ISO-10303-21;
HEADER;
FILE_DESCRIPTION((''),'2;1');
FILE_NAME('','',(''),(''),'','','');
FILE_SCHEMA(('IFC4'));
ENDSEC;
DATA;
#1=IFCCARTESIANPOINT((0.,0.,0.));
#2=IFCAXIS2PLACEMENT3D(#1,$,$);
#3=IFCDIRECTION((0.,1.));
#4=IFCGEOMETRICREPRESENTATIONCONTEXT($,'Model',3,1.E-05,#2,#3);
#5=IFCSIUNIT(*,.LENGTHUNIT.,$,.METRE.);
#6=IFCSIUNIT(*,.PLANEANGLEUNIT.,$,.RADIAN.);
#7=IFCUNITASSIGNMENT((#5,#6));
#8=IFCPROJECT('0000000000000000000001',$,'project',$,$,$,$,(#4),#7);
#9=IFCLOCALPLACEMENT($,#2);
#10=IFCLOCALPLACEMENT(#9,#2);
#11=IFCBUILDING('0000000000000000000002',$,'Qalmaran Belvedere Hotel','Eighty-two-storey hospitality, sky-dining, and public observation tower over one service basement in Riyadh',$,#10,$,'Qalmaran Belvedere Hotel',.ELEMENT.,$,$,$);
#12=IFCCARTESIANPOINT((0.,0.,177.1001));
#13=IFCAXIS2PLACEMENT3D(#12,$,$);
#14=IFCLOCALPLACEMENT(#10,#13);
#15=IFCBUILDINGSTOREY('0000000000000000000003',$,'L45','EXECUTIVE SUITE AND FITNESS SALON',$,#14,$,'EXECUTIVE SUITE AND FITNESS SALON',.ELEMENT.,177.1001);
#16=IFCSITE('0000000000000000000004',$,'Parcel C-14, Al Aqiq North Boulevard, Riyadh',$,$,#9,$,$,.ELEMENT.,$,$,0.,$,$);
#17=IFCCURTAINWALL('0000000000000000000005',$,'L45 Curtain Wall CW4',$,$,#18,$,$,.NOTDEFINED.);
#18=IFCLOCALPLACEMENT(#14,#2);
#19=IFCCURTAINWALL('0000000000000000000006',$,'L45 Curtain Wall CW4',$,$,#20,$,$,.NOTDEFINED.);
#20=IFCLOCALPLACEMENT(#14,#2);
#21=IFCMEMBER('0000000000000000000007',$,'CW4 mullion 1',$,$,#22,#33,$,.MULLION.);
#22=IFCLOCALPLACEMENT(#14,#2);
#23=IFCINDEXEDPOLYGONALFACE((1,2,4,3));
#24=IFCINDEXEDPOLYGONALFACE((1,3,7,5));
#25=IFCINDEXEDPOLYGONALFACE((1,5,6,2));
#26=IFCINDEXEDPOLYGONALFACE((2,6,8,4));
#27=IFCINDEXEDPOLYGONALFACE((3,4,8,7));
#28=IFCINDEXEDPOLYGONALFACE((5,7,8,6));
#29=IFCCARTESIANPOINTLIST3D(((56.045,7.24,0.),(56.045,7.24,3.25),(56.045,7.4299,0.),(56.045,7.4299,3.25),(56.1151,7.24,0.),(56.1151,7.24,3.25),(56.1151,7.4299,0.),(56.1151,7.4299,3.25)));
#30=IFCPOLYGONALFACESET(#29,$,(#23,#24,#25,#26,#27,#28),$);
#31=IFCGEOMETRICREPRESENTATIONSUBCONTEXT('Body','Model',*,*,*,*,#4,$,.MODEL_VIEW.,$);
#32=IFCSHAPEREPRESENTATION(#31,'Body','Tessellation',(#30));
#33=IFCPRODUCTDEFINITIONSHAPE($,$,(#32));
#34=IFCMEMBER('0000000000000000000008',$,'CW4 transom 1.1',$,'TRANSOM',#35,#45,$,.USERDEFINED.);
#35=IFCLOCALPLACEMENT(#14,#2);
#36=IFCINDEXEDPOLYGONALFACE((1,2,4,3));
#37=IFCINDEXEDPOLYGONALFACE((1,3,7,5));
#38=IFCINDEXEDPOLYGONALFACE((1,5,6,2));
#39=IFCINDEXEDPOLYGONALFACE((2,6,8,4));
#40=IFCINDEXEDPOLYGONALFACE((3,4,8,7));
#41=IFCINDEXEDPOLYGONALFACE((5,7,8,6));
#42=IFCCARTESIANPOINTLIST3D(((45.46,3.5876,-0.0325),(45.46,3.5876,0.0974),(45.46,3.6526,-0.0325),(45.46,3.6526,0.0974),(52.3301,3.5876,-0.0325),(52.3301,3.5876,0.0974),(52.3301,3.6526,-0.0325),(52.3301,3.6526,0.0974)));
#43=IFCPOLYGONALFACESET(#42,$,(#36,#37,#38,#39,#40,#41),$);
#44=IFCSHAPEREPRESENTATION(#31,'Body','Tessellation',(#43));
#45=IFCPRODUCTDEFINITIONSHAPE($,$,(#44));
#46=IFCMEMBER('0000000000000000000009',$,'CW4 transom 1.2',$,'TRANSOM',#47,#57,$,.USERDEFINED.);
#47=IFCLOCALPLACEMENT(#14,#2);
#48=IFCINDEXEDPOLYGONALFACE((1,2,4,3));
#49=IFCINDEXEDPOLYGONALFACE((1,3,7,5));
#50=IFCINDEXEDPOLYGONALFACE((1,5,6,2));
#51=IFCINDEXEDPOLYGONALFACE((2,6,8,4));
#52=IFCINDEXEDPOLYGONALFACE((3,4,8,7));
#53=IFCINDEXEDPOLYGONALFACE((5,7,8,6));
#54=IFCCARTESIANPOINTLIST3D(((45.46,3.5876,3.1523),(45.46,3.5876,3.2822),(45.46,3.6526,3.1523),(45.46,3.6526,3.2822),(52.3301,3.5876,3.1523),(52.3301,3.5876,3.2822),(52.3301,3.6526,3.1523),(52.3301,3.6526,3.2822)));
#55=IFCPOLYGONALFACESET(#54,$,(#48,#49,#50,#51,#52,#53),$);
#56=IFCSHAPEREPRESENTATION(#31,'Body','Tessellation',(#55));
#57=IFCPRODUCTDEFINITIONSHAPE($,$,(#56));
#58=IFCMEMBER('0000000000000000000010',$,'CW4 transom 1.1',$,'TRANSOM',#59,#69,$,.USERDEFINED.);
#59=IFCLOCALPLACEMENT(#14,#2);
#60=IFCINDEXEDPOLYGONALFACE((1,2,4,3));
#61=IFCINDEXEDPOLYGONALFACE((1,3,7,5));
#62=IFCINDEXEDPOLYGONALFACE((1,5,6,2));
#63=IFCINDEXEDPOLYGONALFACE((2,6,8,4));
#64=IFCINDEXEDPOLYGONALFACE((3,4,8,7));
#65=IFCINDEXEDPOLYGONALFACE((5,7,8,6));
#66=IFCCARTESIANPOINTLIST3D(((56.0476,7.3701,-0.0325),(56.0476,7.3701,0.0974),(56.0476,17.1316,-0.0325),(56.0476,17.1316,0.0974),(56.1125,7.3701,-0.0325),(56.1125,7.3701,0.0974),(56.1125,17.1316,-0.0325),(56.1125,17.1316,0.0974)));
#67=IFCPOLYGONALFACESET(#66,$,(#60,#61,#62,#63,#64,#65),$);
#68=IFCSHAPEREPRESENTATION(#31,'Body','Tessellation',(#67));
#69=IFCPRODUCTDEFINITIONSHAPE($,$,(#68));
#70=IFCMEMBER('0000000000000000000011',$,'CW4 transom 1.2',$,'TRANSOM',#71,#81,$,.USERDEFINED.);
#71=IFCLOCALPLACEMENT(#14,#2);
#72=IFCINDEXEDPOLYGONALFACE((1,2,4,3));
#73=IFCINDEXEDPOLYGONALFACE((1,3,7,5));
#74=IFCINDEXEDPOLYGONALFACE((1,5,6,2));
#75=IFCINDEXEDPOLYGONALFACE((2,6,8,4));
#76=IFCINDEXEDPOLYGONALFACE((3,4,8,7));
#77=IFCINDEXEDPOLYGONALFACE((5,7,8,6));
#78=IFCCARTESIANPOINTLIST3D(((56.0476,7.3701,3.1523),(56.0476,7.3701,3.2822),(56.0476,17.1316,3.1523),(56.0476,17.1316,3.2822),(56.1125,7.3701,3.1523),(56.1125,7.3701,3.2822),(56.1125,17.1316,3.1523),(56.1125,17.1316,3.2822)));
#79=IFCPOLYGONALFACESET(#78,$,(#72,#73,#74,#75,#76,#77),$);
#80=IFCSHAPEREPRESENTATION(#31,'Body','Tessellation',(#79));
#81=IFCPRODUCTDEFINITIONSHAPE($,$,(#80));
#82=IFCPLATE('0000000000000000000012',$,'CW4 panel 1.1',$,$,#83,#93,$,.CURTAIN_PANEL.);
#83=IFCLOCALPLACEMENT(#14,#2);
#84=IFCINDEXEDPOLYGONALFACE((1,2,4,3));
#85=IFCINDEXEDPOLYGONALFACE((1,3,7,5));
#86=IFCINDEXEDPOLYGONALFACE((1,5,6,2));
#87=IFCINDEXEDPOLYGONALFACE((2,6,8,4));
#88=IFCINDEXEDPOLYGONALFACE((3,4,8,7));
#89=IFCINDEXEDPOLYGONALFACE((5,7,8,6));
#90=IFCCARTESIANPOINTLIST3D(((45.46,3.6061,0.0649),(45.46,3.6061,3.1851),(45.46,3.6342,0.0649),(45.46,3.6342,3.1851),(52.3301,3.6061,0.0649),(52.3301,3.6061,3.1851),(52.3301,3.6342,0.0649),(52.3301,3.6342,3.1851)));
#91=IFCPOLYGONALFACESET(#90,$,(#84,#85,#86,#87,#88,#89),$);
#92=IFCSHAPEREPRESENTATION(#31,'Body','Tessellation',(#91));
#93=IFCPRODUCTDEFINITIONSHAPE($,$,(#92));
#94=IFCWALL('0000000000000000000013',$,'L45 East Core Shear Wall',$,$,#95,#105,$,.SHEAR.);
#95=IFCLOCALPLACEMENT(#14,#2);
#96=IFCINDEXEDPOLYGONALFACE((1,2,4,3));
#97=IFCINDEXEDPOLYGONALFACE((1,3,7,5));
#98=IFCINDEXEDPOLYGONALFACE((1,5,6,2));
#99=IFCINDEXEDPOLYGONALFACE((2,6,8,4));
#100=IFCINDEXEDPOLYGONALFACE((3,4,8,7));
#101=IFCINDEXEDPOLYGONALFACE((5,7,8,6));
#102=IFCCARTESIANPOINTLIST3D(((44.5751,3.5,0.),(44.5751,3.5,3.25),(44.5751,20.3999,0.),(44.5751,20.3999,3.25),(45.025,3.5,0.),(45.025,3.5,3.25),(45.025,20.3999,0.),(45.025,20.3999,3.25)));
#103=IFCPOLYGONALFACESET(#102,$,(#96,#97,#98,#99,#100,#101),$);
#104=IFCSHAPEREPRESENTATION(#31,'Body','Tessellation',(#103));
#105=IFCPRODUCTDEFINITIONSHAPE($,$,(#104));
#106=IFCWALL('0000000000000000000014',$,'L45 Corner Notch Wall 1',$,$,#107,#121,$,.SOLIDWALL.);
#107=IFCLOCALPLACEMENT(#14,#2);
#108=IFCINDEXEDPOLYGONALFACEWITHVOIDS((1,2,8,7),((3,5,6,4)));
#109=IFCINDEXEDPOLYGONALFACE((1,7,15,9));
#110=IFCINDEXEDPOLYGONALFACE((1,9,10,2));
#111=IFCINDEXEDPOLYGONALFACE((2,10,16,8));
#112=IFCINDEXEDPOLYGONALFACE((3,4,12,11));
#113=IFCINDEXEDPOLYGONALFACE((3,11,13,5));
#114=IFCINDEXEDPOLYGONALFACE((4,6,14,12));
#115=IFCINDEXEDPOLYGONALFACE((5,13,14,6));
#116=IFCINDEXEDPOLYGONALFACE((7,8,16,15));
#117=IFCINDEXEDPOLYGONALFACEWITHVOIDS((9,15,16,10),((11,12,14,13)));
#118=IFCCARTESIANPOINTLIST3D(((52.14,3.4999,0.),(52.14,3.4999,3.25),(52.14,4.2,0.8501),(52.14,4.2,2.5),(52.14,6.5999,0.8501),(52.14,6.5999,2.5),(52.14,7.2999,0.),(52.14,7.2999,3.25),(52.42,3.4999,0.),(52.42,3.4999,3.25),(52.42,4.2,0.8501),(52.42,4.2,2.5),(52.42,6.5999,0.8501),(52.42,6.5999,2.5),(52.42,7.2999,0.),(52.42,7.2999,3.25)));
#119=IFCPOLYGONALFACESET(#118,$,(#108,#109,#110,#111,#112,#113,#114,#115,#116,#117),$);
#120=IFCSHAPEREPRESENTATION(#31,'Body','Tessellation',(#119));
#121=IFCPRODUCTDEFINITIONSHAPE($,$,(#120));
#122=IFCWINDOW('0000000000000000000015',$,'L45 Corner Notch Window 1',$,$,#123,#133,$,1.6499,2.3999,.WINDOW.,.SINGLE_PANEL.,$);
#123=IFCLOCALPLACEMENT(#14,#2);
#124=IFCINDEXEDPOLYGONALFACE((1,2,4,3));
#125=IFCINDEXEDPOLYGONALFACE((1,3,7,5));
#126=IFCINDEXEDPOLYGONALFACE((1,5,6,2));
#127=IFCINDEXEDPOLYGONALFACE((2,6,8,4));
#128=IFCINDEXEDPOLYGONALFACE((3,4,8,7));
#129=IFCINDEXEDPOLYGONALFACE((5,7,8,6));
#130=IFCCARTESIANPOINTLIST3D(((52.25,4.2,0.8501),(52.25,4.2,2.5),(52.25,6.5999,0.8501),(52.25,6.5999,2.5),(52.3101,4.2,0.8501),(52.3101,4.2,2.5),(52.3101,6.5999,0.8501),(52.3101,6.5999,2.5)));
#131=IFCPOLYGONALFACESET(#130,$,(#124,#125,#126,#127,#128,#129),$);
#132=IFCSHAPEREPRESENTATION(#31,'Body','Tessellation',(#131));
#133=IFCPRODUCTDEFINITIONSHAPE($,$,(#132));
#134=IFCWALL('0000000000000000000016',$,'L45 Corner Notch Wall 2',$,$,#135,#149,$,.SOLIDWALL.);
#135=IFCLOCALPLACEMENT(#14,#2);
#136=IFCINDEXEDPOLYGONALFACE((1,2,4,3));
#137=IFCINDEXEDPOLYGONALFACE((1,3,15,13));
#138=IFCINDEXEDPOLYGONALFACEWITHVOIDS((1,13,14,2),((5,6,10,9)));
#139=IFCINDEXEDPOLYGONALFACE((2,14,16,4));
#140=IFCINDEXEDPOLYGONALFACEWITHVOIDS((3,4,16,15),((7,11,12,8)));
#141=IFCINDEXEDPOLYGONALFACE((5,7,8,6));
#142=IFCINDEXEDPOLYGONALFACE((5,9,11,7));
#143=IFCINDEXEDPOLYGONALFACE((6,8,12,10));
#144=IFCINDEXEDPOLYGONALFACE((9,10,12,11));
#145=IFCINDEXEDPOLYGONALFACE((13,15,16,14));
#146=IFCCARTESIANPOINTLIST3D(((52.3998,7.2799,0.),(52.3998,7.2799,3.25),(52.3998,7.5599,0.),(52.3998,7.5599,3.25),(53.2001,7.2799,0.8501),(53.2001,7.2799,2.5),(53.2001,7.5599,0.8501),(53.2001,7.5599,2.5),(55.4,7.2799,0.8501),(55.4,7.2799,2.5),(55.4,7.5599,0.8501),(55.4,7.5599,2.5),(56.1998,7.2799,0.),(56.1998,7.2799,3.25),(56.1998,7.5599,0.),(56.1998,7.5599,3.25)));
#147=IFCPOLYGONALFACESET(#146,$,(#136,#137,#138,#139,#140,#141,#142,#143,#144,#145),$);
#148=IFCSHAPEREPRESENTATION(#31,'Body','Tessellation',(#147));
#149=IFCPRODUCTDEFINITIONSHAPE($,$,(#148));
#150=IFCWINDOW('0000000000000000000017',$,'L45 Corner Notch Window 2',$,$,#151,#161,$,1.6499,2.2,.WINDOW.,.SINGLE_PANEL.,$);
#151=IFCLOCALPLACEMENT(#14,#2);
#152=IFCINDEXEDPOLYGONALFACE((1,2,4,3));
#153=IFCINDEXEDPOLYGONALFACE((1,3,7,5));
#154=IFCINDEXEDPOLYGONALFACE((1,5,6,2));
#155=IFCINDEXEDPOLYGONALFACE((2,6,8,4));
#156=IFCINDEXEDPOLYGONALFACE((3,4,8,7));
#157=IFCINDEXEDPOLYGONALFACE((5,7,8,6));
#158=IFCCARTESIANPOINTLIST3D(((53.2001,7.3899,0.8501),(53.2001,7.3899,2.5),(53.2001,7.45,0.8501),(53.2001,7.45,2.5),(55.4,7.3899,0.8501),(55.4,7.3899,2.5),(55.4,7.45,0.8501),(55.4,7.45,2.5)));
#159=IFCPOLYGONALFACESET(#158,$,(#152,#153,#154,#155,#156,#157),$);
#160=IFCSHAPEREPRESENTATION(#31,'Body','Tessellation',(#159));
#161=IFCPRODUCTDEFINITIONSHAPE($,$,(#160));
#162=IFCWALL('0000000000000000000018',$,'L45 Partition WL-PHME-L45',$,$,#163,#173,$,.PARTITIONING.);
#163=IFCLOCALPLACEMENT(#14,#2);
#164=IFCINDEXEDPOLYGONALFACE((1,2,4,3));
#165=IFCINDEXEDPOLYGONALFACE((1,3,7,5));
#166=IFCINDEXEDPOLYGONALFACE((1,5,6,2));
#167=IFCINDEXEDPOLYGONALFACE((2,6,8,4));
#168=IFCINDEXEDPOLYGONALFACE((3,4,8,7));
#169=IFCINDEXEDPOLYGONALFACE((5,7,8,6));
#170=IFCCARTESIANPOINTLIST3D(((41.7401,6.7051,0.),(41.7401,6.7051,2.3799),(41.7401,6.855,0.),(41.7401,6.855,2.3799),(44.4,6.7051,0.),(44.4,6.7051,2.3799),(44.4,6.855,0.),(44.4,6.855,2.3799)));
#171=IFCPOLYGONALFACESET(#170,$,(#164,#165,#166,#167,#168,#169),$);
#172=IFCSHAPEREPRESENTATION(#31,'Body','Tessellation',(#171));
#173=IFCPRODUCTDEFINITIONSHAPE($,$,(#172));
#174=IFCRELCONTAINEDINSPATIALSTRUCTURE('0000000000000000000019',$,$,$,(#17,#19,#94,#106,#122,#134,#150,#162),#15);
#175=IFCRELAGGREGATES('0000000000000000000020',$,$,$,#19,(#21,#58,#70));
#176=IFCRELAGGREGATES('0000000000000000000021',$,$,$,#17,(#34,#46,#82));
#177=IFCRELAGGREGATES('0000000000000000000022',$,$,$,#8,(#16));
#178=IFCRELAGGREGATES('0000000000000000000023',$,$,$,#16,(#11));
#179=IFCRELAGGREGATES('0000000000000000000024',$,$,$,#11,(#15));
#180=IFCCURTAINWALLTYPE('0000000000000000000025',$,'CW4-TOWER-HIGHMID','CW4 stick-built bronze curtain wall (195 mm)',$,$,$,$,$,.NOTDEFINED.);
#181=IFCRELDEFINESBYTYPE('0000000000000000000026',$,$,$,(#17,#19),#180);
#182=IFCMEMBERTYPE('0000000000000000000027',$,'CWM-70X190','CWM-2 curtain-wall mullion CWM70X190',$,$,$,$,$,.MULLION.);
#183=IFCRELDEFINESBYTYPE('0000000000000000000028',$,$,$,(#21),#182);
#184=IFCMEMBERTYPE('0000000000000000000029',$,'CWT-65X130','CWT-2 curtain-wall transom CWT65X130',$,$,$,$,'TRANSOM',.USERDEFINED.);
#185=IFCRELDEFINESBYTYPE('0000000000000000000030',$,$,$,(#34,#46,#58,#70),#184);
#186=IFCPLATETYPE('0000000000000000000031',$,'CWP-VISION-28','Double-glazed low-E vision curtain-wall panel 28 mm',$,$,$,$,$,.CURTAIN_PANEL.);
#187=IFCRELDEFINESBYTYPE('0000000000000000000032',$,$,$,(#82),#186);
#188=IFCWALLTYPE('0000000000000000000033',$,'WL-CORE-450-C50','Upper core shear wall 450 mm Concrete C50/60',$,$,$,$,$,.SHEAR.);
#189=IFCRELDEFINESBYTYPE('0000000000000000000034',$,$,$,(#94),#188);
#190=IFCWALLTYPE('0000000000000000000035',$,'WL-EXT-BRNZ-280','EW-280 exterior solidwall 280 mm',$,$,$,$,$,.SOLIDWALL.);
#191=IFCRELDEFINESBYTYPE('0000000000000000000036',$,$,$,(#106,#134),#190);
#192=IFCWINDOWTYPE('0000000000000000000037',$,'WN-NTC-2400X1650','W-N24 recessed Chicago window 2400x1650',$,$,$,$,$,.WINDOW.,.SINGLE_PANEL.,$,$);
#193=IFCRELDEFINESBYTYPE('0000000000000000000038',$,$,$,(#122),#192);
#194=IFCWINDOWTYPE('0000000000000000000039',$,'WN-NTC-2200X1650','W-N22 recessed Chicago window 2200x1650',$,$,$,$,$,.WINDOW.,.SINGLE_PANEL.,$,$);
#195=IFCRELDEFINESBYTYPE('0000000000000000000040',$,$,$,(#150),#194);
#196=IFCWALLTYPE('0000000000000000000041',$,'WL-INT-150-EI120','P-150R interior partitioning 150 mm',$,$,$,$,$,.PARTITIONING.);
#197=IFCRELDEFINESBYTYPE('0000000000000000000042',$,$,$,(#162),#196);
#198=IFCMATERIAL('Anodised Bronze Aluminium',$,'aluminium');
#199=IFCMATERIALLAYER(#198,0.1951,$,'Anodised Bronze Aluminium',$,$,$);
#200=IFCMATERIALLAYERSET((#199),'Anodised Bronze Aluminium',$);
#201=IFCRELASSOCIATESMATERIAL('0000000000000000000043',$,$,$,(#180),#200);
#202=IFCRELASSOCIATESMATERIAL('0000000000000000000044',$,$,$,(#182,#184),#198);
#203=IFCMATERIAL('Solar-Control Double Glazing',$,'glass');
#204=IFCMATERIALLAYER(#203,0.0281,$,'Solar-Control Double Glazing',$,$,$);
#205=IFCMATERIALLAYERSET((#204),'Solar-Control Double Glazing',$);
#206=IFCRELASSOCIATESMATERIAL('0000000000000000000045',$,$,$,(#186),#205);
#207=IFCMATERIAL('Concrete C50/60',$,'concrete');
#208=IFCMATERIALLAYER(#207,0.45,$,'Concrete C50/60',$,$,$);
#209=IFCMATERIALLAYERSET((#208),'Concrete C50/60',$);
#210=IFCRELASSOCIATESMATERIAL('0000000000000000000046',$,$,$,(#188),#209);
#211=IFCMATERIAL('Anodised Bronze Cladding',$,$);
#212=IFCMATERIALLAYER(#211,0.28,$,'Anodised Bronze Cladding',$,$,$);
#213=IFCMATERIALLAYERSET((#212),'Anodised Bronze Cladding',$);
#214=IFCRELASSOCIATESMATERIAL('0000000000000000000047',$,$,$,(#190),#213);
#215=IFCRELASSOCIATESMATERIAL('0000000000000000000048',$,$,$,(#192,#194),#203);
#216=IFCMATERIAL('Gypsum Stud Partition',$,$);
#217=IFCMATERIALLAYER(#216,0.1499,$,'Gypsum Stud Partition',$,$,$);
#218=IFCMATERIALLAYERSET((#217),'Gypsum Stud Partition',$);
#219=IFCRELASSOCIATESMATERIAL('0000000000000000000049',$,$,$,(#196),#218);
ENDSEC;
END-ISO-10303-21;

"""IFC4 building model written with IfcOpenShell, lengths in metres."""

from ifc_helpers import new_model, si_unit, direction, frame, frame_2d, origin, origin_2d, place, context, subcontext, project, spatial, rectangle, extrude, material, layer, layer_set, material_profile, profile_set, type_object, element, fill, aggregate, save


model = new_model("IFC4")

# Units and contexts
model_context = context("Model", 3, precision=1e-05, world=origin(), true_north=direction((0.0, 1.0)))
body_context = subcontext(model_context, "Body", "Model", "MODEL_VIEW")
ifc_project = project(units=[si_unit("LENGTHUNIT", "METRE"), si_unit("PLANEANGLEUNIT", "RADIAN")], contexts=[model_context])

# Site, building, storey
site_placement = place(None, origin())
site = spatial("IfcSite", under=ifc_project, at=site_placement, Name="Parcel C-14, Al Aqiq North Boulevard, Riyadh", CompositionType="ELEMENT", RefElevation=0.0)
building_placement = place(site_placement, origin())
building = spatial("IfcBuilding", under=site, at=building_placement, Name="Qalmaran Belvedere Hotel", Description="Eighty-two-storey hospitality, sky-dining, and public observation tower over one service basement in Riyadh", LongName="Qalmaran Belvedere Hotel", CompositionType="ELEMENT")
storey_placement = place(building_placement, frame((0.0, 0.0, 177.1001)))
storey = spatial("IfcBuildingStorey", under=building, at=storey_placement, Name="L45", Description="EXECUTIVE SUITE AND FITNESS SALON", LongName="EXECUTIVE SUITE AND FITNESS SALON", CompositionType="ELEMENT", Elevation=177.1001)

# Shared definitions
ifc_material_1 = material(Name="Concrete C50/60", Category="concrete")

# Curtain wall
ifc_material_2 = material(Name="Anodised Bronze Aluminium", Category="aluminium")
ifc_layer_1 = layer(ifc_material_2, 0.1951, Name="Anodised Bronze Aluminium")
ifc_layer_set_1 = layer_set([ifc_layer_1], Name="Anodised Bronze Aluminium")
curtain_wall_type = type_object("IfcCurtainWallType", Name="CW4-TOWER-HIGHMID", Description="CW4 stick-built bronze curtain wall (195 mm)", PredefinedType="NOTDEFINED", material=ifc_layer_set_1)
curtain_wall_1_placement = place(storey_placement, origin())
curtain_wall_1 = element("IfcCurtainWall", 1, at=curtain_wall_1_placement, inside=storey, type_object=curtain_wall_type, Name="L45 Curtain Wall CW4", PredefinedType="NOTDEFINED")
ifc_material_profile_1 = material_profile(ifc_material_2, rectangle(XDim=0.0701, YDim=0.1899, at=origin_2d()), Name="CWM70X190")
ifc_profile_set_1 = profile_set([ifc_material_profile_1], Name="Anodised Bronze Aluminium")
member_type_1 = type_object("IfcMemberType", Name="CWM-70X190", Description="CWM-2 curtain-wall mullion CWM70X190", PredefinedType="MULLION", material=ifc_profile_set_1)

# Curtain wall, member
curtain_wall_2_placement = place(storey_placement, origin())
curtain_wall_2 = element("IfcCurtainWall", 2, at=curtain_wall_2_placement, inside=storey, type_object=curtain_wall_type, Name="L45 Curtain Wall CW4", PredefinedType="NOTDEFINED")
member_1_placement = place(storey_placement, frame((56.0801, 7.335, 0.0), z_axis=(0.0, 0.0, 1.0), x_axis=(-1.0, 0.0, 0.0)))
member_1 = element("IfcMember", 3, at=member_1_placement, type_object=member_type_1, Name="CW4 mullion 1", PredefinedType="MULLION", context=body_context, shape_type="SweptSolid", body=[
    extrude(rectangle(XDim=0.0701, YDim=0.1899, at=origin_2d()), origin(), (0.0, 0.0, 1.0), 3.25),
])

# Members
ifc_material_profile_2 = material_profile(ifc_material_2, rectangle(XDim=0.0649, YDim=0.1299, at=origin_2d()), Name="CWT65X130")
ifc_profile_set_2 = profile_set([ifc_material_profile_2], Name="Anodised Bronze Aluminium")
member_type_2 = type_object("IfcMemberType", Name="CWT-65X130", Description="CWT-2 curtain-wall transom CWT65X130", ElementType="TRANSOM", PredefinedType="USERDEFINED", material=ifc_profile_set_2)
member_2_placement = place(storey_placement, frame((45.46, 3.6201, 0.0325), z_axis=(1.0, 0.0, 0.0), x_axis=(0.0, 1.0, 0.0)))
member_2 = element("IfcMember", 4, at=member_2_placement, type_object=member_type_2, Name="CW4 transom 1.1", ObjectType="TRANSOM", PredefinedType="USERDEFINED", context=body_context, shape_type="SweptSolid", body=[
    extrude(rectangle(XDim=0.0649, YDim=0.1299, at=origin_2d()), origin(), (0.0, 0.0, 1.0), 6.8701),
])
member_3_placement = place(storey_placement, frame((45.46, 3.6201, 3.2173), z_axis=(1.0, 0.0, 0.0), x_axis=(0.0, 1.0, 0.0)))
member_3 = element("IfcMember", 5, at=member_3_placement, type_object=member_type_2, Name="CW4 transom 1.2", ObjectType="TRANSOM", PredefinedType="USERDEFINED", context=body_context, shape_type="SweptSolid", body=[
    extrude(rectangle(XDim=0.0649, YDim=0.1299, at=origin_2d()), origin(), (0.0, 0.0, 1.0), 6.8701),
])
member_4_placement = place(storey_placement, frame((56.0801, 7.3701, 0.0325), z_axis=(0.0, 1.0, 0.0), x_axis=(-1.0, 0.0, 0.0)))
member_4 = element("IfcMember", 6, at=member_4_placement, type_object=member_type_2, Name="CW4 transom 1.1", ObjectType="TRANSOM", PredefinedType="USERDEFINED", context=body_context, shape_type="SweptSolid", body=[
    extrude(rectangle(XDim=0.0649, YDim=0.1299, at=origin_2d()), origin(), (0.0, 0.0, 1.0), 9.7615),
])
member_5_placement = place(storey_placement, frame((56.0801, 7.3701, 3.2173), z_axis=(0.0, 1.0, 0.0), x_axis=(-1.0, 0.0, 0.0)))
member_5 = element("IfcMember", 7, at=member_5_placement, type_object=member_type_2, Name="CW4 transom 1.2", ObjectType="TRANSOM", PredefinedType="USERDEFINED", context=body_context, shape_type="SweptSolid", body=[
    extrude(rectangle(XDim=0.0649, YDim=0.1299, at=origin_2d()), origin(), (0.0, 0.0, 1.0), 9.7615),
])
aggregate(curtain_wall_2, [member_1, member_4, member_5])

# Plate
ifc_material_3 = material(Name="Solar-Control Double Glazing", Category="glass")
ifc_layer_2 = layer(ifc_material_3, 0.0281, Name="Solar-Control Double Glazing")
ifc_layer_set_2 = layer_set([ifc_layer_2], Name="Solar-Control Double Glazing")
plate_type = type_object("IfcPlateType", Name="CWP-VISION-28", Description="Double-glazed low-E vision curtain-wall panel 28 mm", PredefinedType="CURTAIN_PANEL", material=ifc_layer_set_2)
plate_placement = place(storey_placement, frame((48.895, 3.6201, 0.0649), z_axis=(0.0, 0.0, 1.0), x_axis=(1.0, 0.0, 0.0)))
plate = element("IfcPlate", 8, at=plate_placement, type_object=plate_type, Name="CW4 panel 1.1", PredefinedType="CURTAIN_PANEL", context=body_context, shape_type="SweptSolid", body=[
    extrude(rectangle(XDim=6.8701, YDim=0.0281, at=origin_2d()), origin(), (0.0, 0.0, 1.0), 3.1201),
])
aggregate(curtain_wall_1, [member_2, member_3, plate])

# Wall
ifc_layer_3 = layer(ifc_material_1, 0.45, Name="Concrete C50/60")
ifc_layer_set_3 = layer_set([ifc_layer_3], Name="Concrete C50/60")
wall_type_1 = type_object("IfcWallType", Name="WL-CORE-450-C50", Description="Upper core shear wall 450 mm Concrete C50/60", PredefinedType="SHEAR", material=ifc_layer_set_3)
wall_1_placement = place(storey_placement, frame((44.8, 3.5, 0.0), z_axis=(0.0, 0.0, 1.0), x_axis=(0.0, 1.0, 0.0)))
element("IfcWall", 9, at=wall_1_placement, inside=storey, type_object=wall_type_1, Name="L45 East Core Shear Wall", PredefinedType="SHEAR", context=body_context, shape_type="SweptSolid", body=[
    extrude(rectangle(XDim=16.8999, YDim=0.45, at=frame_2d((8.45, 0.0))), origin(), (0.0, 0.0, 1.0), 3.25),
])

# Walls, openings, windows
ifc_material_4 = material(Name="Anodised Bronze Cladding")
ifc_layer_4 = layer(ifc_material_4, 0.28, Name="Anodised Bronze Cladding")
ifc_layer_set_4 = layer_set([ifc_layer_4], Name="Anodised Bronze Cladding")
wall_type_2 = type_object("IfcWallType", Name="WL-EXT-BRNZ-280", Description="EW-280 exterior solidwall 280 mm", PredefinedType="SOLIDWALL", material=ifc_layer_set_4)
wall_2_placement = place(storey_placement, frame((52.28, 3.5, 0.0), z_axis=(0.0, 0.0, 1.0), x_axis=(0.0, 1.0, 0.0)))
wall_2 = element("IfcWall", 10, at=wall_2_placement, inside=storey, type_object=wall_type_2, Name="L45 Corner Notch Wall 1", PredefinedType="SOLIDWALL", context=body_context, shape_type="SweptSolid", body=[
    extrude(rectangle(XDim=3.8, YDim=0.28, at=frame_2d((1.8999, 0.0))), origin(), (0.0, 0.0, 1.0), 3.25),
])
opening_1_placement = place(wall_2_placement, frame((0.7, 0.0, 0.8501)))
opening_1 = element("IfcOpeningElement", 11, at=opening_1_placement, cuts=wall_2, PredefinedType="OPENING", context=body_context, shape_type="SweptSolid", body=[
    extrude(rectangle(XDim=2.3999, YDim=1.6499, at=frame_2d((1.2, 0.825))), frame((0.0, 0.1499, 0.0), z_axis=(0.0, -1.0, 0.0), x_axis=(1.0, 0.0, 0.0)), (0.0, 0.0, 1.0), 0.3),
])
window_type_1 = type_object("IfcWindowType", Name="WN-NTC-2400X1650", Description="W-N24 recessed Chicago window 2400x1650", PartitioningType="SINGLE_PANEL", PredefinedType="WINDOW", material=ifc_material_3)
window_1_placement = place(opening_1_placement, origin())
window_1 = element("IfcWindow", 12, at=window_1_placement, inside=storey, type_object=window_type_1, Name="L45 Corner Notch Window 1", OverallHeight=1.6499, OverallWidth=2.3999, PartitioningType="SINGLE_PANEL", PredefinedType="WINDOW", context=body_context, shape_type="SweptSolid", body=[
    extrude(rectangle(XDim=2.3999, YDim=1.6499, at=frame_2d((1.2, 0.825))), frame((0.0, 0.03, 0.0), z_axis=(0.0, -1.0, 0.0), x_axis=(1.0, 0.0, 0.0)), (0.0, 0.0, 1.0), 0.0601),
])
fill(opening_1, window_1)
wall_3_placement = place(storey_placement, frame((52.3999, 7.4199, 0.0), z_axis=(0.0, 0.0, 1.0), x_axis=(1.0, 0.0, 0.0)))
wall_3 = element("IfcWall", 13, at=wall_3_placement, inside=storey, type_object=wall_type_2, Name="L45 Corner Notch Wall 2", PredefinedType="SOLIDWALL", context=body_context, shape_type="SweptSolid", body=[
    extrude(rectangle(XDim=3.8, YDim=0.28, at=frame_2d((1.8999, 0.0))), origin(), (0.0, 0.0, 1.0), 3.25),
])
opening_2_placement = place(wall_3_placement, frame((0.8, 0.0, 0.8501)))
opening_2 = element("IfcOpeningElement", 14, at=opening_2_placement, cuts=wall_3, PredefinedType="OPENING", context=body_context, shape_type="SweptSolid", body=[
    extrude(rectangle(XDim=2.2, YDim=1.6499, at=frame_2d((1.1001, 0.825))), frame((0.0, 0.1499, 0.0), z_axis=(0.0, -1.0, 0.0), x_axis=(1.0, 0.0, 0.0)), (0.0, 0.0, 1.0), 0.3),
])
window_type_2 = type_object("IfcWindowType", Name="WN-NTC-2200X1650", Description="W-N22 recessed Chicago window 2200x1650", PartitioningType="SINGLE_PANEL", PredefinedType="WINDOW", material=ifc_material_3)
window_2_placement = place(opening_2_placement, origin())
window_2 = element("IfcWindow", 15, at=window_2_placement, inside=storey, type_object=window_type_2, Name="L45 Corner Notch Window 2", OverallHeight=1.6499, OverallWidth=2.2, PartitioningType="SINGLE_PANEL", PredefinedType="WINDOW", context=body_context, shape_type="SweptSolid", body=[
    extrude(rectangle(XDim=2.2, YDim=1.6499, at=frame_2d((1.1001, 0.825))), frame((0.0, 0.03, 0.0), z_axis=(0.0, -1.0, 0.0), x_axis=(1.0, 0.0, 0.0)), (0.0, 0.0, 1.0), 0.0601),
])
fill(opening_2, window_2)

# Wall
ifc_material_5 = material(Name="Gypsum Stud Partition")
ifc_layer_5 = layer(ifc_material_5, 0.1499, Name="Gypsum Stud Partition")
ifc_layer_set_5 = layer_set([ifc_layer_5], Name="Gypsum Stud Partition")
wall_type_3 = type_object("IfcWallType", Name="WL-INT-150-EI120", Description="P-150R interior partitioning 150 mm", PredefinedType="PARTITIONING", material=ifc_layer_set_5)
wall_4_placement = place(storey_placement, frame((41.74, 6.78, 0.0), z_axis=(0.0, 0.0, 1.0), x_axis=(1.0, 0.0, 0.0)))
element("IfcWall", 16, at=wall_4_placement, inside=storey, type_object=wall_type_3, Name="L45 Partition WL-PHME-L45", PredefinedType="PARTITIONING", context=body_context, shape_type="SweptSolid", body=[
    extrude(rectangle(XDim=2.6599, YDim=0.1499, at=frame_2d((1.3301, 0.0))), origin(), (0.0, 0.0, 1.0), 2.3799),
])

save(model, "model.ifc")
